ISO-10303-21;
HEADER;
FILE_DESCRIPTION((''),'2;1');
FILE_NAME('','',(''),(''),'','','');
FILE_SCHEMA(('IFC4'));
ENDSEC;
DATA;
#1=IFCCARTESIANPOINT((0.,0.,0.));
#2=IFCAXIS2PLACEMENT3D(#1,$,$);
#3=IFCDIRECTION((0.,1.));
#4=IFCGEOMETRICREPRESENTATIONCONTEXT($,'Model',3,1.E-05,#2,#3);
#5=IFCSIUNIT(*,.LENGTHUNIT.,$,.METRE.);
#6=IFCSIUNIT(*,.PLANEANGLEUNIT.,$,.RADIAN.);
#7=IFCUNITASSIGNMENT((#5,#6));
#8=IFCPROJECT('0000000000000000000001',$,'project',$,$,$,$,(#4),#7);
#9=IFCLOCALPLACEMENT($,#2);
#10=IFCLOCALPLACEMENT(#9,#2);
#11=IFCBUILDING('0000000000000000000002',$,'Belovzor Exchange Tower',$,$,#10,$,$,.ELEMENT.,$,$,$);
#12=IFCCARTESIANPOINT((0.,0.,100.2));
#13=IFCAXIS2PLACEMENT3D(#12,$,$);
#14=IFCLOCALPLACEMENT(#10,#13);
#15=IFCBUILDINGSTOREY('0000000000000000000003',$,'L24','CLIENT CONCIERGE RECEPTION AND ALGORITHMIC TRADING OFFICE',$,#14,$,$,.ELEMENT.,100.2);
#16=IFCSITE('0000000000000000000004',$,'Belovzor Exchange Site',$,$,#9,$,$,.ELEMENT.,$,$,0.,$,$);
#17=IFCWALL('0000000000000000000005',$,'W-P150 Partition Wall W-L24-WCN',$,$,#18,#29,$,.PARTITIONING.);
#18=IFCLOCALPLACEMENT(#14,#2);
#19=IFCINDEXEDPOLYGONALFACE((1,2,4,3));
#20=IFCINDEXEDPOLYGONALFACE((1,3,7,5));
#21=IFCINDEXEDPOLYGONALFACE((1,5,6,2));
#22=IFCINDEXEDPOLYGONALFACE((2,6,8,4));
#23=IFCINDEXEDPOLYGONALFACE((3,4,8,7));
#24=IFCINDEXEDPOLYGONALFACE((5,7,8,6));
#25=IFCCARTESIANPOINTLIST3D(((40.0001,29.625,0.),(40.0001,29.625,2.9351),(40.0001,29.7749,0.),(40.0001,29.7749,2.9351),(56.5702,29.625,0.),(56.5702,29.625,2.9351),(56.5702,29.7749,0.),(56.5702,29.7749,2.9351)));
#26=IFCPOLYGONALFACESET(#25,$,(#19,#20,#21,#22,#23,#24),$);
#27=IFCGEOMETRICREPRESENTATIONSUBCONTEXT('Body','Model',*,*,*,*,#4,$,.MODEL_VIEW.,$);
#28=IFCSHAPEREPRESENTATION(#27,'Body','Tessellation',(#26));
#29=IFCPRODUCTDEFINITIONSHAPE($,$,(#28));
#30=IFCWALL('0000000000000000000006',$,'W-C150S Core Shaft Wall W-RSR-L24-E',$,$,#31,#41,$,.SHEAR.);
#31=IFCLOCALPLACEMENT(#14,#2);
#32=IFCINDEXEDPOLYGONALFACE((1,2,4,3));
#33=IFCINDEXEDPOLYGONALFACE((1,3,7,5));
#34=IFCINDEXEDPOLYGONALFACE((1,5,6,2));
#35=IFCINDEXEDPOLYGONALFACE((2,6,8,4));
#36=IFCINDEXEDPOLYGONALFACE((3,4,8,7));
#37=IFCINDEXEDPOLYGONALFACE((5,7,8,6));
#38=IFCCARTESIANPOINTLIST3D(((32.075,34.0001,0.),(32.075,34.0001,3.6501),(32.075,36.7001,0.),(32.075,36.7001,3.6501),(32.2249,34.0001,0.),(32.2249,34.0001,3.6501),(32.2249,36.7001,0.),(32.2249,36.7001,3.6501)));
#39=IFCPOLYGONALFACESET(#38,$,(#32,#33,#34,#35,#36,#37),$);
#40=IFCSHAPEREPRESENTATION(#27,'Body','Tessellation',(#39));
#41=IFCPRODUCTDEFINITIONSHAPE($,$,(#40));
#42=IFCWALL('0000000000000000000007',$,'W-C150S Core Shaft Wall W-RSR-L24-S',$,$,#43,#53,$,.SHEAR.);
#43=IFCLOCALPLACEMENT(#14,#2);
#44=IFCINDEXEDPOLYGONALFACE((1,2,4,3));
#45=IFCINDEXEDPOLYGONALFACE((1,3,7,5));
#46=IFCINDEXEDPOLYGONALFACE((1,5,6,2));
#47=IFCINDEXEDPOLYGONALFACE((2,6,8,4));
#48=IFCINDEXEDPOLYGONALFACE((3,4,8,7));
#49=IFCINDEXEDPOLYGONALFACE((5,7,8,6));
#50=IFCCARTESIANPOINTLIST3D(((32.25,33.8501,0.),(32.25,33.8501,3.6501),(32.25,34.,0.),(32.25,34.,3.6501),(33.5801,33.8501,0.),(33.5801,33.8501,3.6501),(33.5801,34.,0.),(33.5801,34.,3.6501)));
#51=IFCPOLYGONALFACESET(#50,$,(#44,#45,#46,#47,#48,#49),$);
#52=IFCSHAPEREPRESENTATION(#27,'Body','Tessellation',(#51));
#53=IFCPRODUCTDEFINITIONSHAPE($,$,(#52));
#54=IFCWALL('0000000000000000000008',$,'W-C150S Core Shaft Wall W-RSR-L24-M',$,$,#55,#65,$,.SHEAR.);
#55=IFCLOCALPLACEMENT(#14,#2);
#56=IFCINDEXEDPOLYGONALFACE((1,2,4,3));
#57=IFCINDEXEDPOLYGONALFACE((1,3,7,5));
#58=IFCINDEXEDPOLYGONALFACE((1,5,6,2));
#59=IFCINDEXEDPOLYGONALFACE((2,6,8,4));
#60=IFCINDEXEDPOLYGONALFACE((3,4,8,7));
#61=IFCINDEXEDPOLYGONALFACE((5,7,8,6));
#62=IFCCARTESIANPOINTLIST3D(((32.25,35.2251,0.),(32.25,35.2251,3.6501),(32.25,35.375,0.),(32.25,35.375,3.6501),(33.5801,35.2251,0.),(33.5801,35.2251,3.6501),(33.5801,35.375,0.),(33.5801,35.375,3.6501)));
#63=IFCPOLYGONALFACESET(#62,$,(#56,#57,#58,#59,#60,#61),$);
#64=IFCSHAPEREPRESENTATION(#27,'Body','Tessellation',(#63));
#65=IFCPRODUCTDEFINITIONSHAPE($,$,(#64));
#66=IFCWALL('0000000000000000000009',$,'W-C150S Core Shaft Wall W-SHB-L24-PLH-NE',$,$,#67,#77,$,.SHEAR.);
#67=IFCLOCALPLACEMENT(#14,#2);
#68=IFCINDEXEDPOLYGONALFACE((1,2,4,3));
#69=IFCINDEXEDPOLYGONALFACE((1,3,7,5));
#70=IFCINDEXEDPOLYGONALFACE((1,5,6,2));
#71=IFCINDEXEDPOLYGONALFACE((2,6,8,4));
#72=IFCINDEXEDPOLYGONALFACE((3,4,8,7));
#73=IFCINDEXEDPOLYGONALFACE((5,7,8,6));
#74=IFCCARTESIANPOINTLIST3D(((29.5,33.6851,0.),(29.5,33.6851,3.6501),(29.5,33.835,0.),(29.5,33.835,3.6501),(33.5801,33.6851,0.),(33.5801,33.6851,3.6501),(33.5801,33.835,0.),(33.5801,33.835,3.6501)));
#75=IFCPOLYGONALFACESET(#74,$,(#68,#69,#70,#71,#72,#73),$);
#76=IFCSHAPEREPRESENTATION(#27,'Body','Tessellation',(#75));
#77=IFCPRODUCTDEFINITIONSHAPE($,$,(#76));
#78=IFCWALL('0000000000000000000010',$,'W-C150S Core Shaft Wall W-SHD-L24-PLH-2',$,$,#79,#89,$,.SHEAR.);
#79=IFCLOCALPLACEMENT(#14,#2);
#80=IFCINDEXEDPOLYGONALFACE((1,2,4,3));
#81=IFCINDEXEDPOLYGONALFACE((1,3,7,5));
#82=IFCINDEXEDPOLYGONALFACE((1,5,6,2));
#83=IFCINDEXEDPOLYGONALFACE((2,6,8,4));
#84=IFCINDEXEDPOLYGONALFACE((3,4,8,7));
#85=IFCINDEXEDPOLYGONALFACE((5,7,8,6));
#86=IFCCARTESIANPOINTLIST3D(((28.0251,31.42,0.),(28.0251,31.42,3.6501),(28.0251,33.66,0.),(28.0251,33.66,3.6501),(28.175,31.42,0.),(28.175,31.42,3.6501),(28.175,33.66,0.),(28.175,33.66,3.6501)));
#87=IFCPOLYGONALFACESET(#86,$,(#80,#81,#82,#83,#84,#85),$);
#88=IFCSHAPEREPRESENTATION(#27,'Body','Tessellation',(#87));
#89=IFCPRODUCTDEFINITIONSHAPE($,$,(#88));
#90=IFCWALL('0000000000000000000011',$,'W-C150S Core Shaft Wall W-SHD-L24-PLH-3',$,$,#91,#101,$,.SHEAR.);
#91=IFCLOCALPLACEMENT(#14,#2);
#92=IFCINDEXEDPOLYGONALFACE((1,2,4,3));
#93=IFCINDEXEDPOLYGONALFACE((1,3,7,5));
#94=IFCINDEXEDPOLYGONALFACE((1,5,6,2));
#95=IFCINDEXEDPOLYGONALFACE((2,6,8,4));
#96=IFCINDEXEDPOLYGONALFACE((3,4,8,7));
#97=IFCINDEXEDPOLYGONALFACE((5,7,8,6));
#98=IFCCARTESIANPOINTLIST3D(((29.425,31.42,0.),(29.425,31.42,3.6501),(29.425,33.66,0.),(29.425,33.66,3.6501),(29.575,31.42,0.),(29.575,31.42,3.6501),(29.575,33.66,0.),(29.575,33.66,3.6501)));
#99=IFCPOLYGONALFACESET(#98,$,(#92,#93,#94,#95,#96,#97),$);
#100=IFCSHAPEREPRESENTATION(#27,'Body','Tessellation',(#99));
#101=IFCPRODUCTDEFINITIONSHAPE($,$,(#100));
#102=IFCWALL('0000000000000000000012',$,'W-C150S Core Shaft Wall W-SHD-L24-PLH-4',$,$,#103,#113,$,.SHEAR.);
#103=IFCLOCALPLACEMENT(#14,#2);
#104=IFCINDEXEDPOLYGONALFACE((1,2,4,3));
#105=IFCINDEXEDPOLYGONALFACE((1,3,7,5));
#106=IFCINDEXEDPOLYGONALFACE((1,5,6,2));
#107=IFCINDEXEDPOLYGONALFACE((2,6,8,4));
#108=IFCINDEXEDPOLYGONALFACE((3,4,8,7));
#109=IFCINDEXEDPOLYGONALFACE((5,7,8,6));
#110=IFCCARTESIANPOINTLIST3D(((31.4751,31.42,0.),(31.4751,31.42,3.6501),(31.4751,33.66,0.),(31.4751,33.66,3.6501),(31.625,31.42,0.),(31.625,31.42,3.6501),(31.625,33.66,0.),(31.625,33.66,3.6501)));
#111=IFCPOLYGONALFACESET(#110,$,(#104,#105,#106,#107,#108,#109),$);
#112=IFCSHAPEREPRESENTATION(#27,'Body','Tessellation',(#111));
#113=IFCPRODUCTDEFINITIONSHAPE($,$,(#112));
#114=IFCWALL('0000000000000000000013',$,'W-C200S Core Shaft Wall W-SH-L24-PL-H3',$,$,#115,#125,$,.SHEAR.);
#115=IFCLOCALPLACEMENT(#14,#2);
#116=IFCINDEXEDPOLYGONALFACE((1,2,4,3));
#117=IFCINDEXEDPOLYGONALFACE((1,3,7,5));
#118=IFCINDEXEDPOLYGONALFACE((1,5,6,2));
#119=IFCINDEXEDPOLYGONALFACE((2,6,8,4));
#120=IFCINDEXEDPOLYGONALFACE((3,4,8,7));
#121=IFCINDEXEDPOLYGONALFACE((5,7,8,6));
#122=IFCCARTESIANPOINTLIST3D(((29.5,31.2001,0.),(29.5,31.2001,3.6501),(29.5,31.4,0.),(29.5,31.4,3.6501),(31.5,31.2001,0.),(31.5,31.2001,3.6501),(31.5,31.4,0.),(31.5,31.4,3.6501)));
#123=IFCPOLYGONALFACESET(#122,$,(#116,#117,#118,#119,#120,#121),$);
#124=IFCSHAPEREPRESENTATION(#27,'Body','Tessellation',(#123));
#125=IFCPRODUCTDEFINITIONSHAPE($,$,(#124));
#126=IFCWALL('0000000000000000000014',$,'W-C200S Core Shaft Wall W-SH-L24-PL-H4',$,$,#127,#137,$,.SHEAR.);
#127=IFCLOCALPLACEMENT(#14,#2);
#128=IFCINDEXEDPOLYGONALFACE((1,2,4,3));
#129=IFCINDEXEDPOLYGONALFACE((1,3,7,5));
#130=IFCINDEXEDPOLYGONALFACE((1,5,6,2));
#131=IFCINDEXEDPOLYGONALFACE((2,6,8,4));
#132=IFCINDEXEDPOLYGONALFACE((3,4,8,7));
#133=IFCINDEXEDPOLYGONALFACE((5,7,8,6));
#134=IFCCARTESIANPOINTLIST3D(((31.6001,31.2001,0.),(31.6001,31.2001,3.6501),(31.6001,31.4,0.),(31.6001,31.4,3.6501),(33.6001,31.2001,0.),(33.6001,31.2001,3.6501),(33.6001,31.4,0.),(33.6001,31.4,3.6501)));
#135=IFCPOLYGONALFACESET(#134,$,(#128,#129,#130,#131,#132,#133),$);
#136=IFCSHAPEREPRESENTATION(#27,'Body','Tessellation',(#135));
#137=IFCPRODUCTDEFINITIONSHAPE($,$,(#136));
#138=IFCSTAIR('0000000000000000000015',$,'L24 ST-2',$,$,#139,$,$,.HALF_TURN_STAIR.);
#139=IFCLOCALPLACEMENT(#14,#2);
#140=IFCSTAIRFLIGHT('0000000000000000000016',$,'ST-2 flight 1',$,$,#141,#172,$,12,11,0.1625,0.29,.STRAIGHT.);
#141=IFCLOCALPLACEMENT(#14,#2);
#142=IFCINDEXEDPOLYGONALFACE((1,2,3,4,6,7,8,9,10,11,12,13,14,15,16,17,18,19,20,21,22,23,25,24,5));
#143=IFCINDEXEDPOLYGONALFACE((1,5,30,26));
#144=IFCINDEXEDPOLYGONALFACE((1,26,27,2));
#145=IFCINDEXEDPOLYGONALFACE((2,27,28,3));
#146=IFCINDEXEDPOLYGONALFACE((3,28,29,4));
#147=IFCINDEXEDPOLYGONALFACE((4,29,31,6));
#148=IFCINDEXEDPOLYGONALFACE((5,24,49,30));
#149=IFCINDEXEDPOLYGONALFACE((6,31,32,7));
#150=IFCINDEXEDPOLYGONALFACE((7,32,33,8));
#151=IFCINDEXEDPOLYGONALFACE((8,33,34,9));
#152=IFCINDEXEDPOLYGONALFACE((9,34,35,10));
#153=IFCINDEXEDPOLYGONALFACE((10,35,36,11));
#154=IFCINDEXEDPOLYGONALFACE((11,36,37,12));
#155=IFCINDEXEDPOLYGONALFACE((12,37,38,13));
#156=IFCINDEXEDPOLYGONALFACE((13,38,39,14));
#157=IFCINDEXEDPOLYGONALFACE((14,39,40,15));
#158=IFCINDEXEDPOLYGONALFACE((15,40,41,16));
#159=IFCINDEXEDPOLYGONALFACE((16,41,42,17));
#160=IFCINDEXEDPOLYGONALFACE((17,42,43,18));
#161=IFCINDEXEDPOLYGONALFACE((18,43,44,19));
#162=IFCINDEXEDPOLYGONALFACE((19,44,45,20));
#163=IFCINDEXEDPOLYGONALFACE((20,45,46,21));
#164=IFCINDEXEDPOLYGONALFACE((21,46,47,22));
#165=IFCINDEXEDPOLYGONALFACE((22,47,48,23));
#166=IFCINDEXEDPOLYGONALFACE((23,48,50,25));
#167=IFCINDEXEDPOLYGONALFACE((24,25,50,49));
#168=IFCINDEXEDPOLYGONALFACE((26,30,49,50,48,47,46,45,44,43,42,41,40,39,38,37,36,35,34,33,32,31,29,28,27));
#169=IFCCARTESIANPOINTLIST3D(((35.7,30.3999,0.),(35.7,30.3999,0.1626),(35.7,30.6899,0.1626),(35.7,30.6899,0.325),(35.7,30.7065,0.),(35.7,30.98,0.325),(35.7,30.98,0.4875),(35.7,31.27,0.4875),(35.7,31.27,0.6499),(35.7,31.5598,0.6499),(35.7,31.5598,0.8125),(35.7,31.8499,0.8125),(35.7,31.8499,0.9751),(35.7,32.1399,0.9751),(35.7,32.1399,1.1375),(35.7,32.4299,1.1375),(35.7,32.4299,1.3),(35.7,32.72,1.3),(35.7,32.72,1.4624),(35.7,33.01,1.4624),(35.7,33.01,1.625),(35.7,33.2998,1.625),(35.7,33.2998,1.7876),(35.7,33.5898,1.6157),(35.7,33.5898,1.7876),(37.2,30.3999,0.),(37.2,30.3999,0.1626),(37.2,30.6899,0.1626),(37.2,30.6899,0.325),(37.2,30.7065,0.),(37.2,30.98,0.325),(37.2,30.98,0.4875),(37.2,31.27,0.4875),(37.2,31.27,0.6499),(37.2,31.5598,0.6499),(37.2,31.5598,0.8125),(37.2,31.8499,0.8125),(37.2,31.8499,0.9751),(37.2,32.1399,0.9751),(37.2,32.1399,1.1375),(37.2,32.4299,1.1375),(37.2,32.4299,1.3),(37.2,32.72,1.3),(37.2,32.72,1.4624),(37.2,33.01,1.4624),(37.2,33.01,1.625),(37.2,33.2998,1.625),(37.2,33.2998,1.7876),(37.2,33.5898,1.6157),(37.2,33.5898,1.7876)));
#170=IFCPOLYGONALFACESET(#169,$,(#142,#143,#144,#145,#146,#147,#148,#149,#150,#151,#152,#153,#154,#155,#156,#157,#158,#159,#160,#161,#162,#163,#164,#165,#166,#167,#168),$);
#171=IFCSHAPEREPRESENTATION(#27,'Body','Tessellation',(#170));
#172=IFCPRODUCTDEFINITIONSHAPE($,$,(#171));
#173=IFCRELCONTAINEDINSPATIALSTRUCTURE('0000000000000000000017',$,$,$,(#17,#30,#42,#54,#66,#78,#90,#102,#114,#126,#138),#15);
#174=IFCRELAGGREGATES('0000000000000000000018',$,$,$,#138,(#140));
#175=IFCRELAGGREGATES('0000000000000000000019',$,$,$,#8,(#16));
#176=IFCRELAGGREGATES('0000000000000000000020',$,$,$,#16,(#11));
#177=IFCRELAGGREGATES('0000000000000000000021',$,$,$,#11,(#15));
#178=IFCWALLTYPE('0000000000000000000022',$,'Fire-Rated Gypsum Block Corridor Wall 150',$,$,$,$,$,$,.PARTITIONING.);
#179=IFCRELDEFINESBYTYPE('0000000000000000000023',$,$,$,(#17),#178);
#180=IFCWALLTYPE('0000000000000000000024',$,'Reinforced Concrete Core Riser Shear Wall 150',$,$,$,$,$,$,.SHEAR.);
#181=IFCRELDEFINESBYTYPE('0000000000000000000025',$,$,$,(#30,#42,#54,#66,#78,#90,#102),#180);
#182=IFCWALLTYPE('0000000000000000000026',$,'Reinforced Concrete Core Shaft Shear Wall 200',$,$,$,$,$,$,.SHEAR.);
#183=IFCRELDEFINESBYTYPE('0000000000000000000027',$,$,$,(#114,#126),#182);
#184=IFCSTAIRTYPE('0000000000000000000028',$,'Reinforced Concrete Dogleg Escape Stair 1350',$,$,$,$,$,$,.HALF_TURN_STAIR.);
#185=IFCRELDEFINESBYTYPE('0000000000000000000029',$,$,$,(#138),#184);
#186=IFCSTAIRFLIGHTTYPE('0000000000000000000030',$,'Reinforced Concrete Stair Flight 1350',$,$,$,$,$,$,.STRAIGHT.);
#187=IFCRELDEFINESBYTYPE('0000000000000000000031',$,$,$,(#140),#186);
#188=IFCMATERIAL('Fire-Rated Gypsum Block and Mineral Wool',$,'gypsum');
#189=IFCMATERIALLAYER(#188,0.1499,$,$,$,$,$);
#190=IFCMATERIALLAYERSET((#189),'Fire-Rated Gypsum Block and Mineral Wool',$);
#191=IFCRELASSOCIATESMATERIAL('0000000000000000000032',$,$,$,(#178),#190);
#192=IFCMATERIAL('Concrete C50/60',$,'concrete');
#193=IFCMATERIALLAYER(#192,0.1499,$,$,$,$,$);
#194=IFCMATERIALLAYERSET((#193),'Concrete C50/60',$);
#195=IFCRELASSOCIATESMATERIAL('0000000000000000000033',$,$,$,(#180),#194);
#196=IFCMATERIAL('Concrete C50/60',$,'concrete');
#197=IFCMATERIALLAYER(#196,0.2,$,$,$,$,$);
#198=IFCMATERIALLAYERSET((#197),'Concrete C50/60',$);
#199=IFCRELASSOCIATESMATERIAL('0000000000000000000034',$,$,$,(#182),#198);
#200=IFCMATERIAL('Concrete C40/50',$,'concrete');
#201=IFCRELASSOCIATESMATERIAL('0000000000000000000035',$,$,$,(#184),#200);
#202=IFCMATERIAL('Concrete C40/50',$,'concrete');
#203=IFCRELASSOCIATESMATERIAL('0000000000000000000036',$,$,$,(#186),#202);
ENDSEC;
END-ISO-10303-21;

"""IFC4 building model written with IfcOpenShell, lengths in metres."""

from ifc_helpers import new_model, si_unit, direction, frame, frame_2d, origin, place, context, subcontext, project, spatial, polyline, rectangle, outline, extrude, material, layer, layer_set, type_object, element, aggregate, save


model = new_model("IFC4")

# Units and contexts
model_context = context("Model", 3, precision=1e-05, world=origin(), true_north=direction((0.0, 1.0)))
body_context = subcontext(model_context, "Body", "Model", "MODEL_VIEW")
ifc_project = project(units=[si_unit("LENGTHUNIT", "METRE"), si_unit("PLANEANGLEUNIT", "RADIAN")], contexts=[model_context])

# Site, building, storey
site_placement = place(None, origin())
site = spatial("IfcSite", under=ifc_project, at=site_placement, Name="Belovzor Exchange Site", CompositionType="ELEMENT", RefElevation=0.0)
building_placement = place(site_placement, origin())
building = spatial("IfcBuilding", under=site, at=building_placement, Name="Belovzor Exchange Tower", CompositionType="ELEMENT")
storey_placement = place(building_placement, frame((0.0, 0.0, 100.2)))
storey = spatial("IfcBuildingStorey", under=building, at=storey_placement, Name="L24", Description="CLIENT CONCIERGE RECEPTION AND ALGORITHMIC TRADING OFFICE", CompositionType="ELEMENT", Elevation=100.2)

# Walls
ifc_material_1 = material(Name="Fire-Rated Gypsum Block and Mineral Wool", Category="gypsum")
ifc_layer_1 = layer(ifc_material_1, 0.1499)
ifc_layer_set_1 = layer_set([ifc_layer_1], Name="Fire-Rated Gypsum Block and Mineral Wool")
wall_type_1 = type_object("IfcWallType", Name="Fire-Rated Gypsum Block Corridor Wall 150", PredefinedType="PARTITIONING", material=ifc_layer_set_1)
wall_1_placement = place(storey_placement, frame((40.0, 29.7, 0.0), z_axis=(0.0, 0.0, 1.0), x_axis=(1.0, 0.0, 0.0)))
element("IfcWall", 1, at=wall_1_placement, inside=storey, type_object=wall_type_1, Name="W-P150 Partition Wall W-L24-WCN", PredefinedType="PARTITIONING", context=body_context, shape_type="SweptSolid", body=[
    extrude(rectangle(XDim=16.5701, YDim=0.1499, at=frame_2d((8.2852, 0.0))), origin(), (0.0, 0.0, 1.0), 2.9351),
])
ifc_material_2 = material(Name="Concrete C50/60", Category="concrete")
ifc_layer_2 = layer(ifc_material_2, 0.1499)
ifc_layer_set_2 = layer_set([ifc_layer_2], Name="Concrete C50/60")
wall_type_2 = type_object("IfcWallType", Name="Reinforced Concrete Core Riser Shear Wall 150", PredefinedType="SHEAR", material=ifc_layer_set_2)
wall_2_placement = place(storey_placement, frame((32.1499, 34.0, 0.0), z_axis=(0.0, 0.0, 1.0), x_axis=(0.0, 1.0, 0.0)))
element("IfcWall", 2, at=wall_2_placement, inside=storey, type_object=wall_type_2, Name="W-C150S Core Shaft Wall W-RSR-L24-E", PredefinedType="SHEAR", context=body_context, shape_type="SweptSolid", body=[
    extrude(rectangle(XDim=2.7, YDim=0.1499, at=frame_2d((1.3501, 0.0))), origin(), (0.0, 0.0, 1.0), 3.6501),
])
for number, where, z_axis, x_axis, name in (
    (3, (32.25, 33.925, 0.0), (0.0, 0.0, 1.0), (1.0, 0.0, 0.0), "W-C150S Core Shaft Wall W-RSR-L24-S"),
    (4, (32.25, 35.3, 0.0), (0.0, 0.0, 1.0), (1.0, 0.0, 0.0), "W-C150S Core Shaft Wall W-RSR-L24-M"),
):
    element("IfcWall", number, at=place(storey_placement, frame(where, z_axis=z_axis, x_axis=x_axis)), inside=storey, type_object=wall_type_2, Name=name, PredefinedType="SHEAR", context=body_context, shape_type="SweptSolid", body=[
        extrude(rectangle(XDim=1.3301, YDim=0.1499, at=frame_2d((0.665, 0.0))), origin(), (0.0, 0.0, 1.0), 3.6501),
    ])
wall_3_placement = place(storey_placement, frame((29.5, 33.76, 0.0), z_axis=(0.0, 0.0, 1.0), x_axis=(1.0, 0.0, 0.0)))
element("IfcWall", 5, at=wall_3_placement, inside=storey, type_object=wall_type_2, Name="W-C150S Core Shaft Wall W-SHB-L24-PLH-NE", PredefinedType="SHEAR", context=body_context, shape_type="SweptSolid", body=[
    extrude(rectangle(XDim=4.0801, YDim=0.1499, at=frame_2d((2.04, 0.0))), origin(), (0.0, 0.0, 1.0), 3.6501),
])
for number, where, z_axis, x_axis, name in (
    (6, (28.1001, 31.4199, 0.0), (0.0, 0.0, 1.0), (0.0, 1.0, 0.0), "W-C150S Core Shaft Wall W-SHD-L24-PLH-2"),
    (7, (29.5, 31.4199, 0.0), (0.0, 0.0, 1.0), (0.0, 1.0, 0.0), "W-C150S Core Shaft Wall W-SHD-L24-PLH-3"),
    (8, (31.55, 31.4199, 0.0), (0.0, 0.0, 1.0), (0.0, 1.0, 0.0), "W-C150S Core Shaft Wall W-SHD-L24-PLH-4"),
):
    element("IfcWall", number, at=place(storey_placement, frame(where, z_axis=z_axis, x_axis=x_axis)), inside=storey, type_object=wall_type_2, Name=name, PredefinedType="SHEAR", context=body_context, shape_type="SweptSolid", body=[
        extrude(rectangle(XDim=2.24, YDim=0.1499, at=frame_2d((1.1201, 0.0))), origin(), (0.0, 0.0, 1.0), 3.6501),
    ])
ifc_material_3 = material(Name="Concrete C50/60", Category="concrete")
ifc_layer_3 = layer(ifc_material_3, 0.2)
ifc_layer_set_3 = layer_set([ifc_layer_3], Name="Concrete C50/60")
wall_type_3 = type_object("IfcWallType", Name="Reinforced Concrete Core Shaft Shear Wall 200", PredefinedType="SHEAR", material=ifc_layer_set_3)
for number, where, z_axis, x_axis, name in (
    (9, (29.5, 31.3, 0.0), (0.0, 0.0, 1.0), (1.0, 0.0, 0.0), "W-C200S Core Shaft Wall W-SH-L24-PL-H3"),
    (10, (31.6001, 31.3, 0.0), (0.0, 0.0, 1.0), (1.0, 0.0, 0.0), "W-C200S Core Shaft Wall W-SH-L24-PL-H4"),
):
    element("IfcWall", number, at=place(storey_placement, frame(where, z_axis=z_axis, x_axis=x_axis)), inside=storey, type_object=wall_type_3, Name=name, PredefinedType="SHEAR", context=body_context, shape_type="SweptSolid", body=[
        extrude(rectangle(XDim=2.0, YDim=0.2, at=frame_2d((1.0, 0.0))), origin(), (0.0, 0.0, 1.0), 3.6501),
    ])

# Stair, stair flight
ifc_material_4 = material(Name="Concrete C40/50", Category="concrete")
stair_type = type_object("IfcStairType", Name="Reinforced Concrete Dogleg Escape Stair 1350", PredefinedType="HALF_TURN_STAIR", material=ifc_material_4)
stair_placement = place(storey_placement, origin())
stair = element("IfcStair", 11, at=stair_placement, inside=storey, type_object=stair_type, Name="L24 ST-2", PredefinedType="HALF_TURN_STAIR")
ifc_material_5 = material(Name="Concrete C40/50", Category="concrete")
stair_flight_type = type_object("IfcStairFlightType", Name="Reinforced Concrete Stair Flight 1350", PredefinedType="STRAIGHT", material=ifc_material_5)
stair_flight_1_placement = place(storey_placement, frame((36.45, 30.3999, 0.0), z_axis=(0.0, 0.0, 1.0), x_axis=(0.0, 1.0, 0.0)))
stair_flight_1 = element("IfcStairFlight", 12, at=stair_flight_1_placement, type_object=stair_flight_type, Name="ST-2 flight 1", NumberOfRisers=12, NumberOfTreads=11, PredefinedType="STRAIGHT", RiserHeight=0.1625, TreadLength=0.29, context=body_context, shape_type="SweptSolid", body=[
    extrude(outline(polyline([(0.0, 0.0), (0.0, 0.1626), (0.29, 0.1626), (0.29, 0.325), (0.5801, 0.325), (0.5801, 0.4875), (0.8701, 0.4875), (0.8701, 0.6499), (1.1599, 0.6499), (1.1599, 0.8125), (1.45, 0.8125), (1.45, 0.9751), (1.74, 0.9751), (1.74, 1.1375), (2.03, 1.1375), (2.03, 1.3), (2.3201, 1.3), (2.3201, 1.4624), (2.6101, 1.4624), (2.6101, 1.625), (2.8999, 1.625), (2.8999, 1.7876), (3.1899, 1.7876), (3.1899, 1.95), (3.1899, 1.6157), (0.3066, 0.0), (0.0, 0.0)])), frame((0.0, 0.75, 0.0), z_axis=(0.0, -1.0, 0.0), x_axis=(1.0, 0.0, 0.0)), (0.0, 0.0, 1.0), 1.5),
])
aggregate(stair, [stair_flight_1])

save(model, "model.ifc")
